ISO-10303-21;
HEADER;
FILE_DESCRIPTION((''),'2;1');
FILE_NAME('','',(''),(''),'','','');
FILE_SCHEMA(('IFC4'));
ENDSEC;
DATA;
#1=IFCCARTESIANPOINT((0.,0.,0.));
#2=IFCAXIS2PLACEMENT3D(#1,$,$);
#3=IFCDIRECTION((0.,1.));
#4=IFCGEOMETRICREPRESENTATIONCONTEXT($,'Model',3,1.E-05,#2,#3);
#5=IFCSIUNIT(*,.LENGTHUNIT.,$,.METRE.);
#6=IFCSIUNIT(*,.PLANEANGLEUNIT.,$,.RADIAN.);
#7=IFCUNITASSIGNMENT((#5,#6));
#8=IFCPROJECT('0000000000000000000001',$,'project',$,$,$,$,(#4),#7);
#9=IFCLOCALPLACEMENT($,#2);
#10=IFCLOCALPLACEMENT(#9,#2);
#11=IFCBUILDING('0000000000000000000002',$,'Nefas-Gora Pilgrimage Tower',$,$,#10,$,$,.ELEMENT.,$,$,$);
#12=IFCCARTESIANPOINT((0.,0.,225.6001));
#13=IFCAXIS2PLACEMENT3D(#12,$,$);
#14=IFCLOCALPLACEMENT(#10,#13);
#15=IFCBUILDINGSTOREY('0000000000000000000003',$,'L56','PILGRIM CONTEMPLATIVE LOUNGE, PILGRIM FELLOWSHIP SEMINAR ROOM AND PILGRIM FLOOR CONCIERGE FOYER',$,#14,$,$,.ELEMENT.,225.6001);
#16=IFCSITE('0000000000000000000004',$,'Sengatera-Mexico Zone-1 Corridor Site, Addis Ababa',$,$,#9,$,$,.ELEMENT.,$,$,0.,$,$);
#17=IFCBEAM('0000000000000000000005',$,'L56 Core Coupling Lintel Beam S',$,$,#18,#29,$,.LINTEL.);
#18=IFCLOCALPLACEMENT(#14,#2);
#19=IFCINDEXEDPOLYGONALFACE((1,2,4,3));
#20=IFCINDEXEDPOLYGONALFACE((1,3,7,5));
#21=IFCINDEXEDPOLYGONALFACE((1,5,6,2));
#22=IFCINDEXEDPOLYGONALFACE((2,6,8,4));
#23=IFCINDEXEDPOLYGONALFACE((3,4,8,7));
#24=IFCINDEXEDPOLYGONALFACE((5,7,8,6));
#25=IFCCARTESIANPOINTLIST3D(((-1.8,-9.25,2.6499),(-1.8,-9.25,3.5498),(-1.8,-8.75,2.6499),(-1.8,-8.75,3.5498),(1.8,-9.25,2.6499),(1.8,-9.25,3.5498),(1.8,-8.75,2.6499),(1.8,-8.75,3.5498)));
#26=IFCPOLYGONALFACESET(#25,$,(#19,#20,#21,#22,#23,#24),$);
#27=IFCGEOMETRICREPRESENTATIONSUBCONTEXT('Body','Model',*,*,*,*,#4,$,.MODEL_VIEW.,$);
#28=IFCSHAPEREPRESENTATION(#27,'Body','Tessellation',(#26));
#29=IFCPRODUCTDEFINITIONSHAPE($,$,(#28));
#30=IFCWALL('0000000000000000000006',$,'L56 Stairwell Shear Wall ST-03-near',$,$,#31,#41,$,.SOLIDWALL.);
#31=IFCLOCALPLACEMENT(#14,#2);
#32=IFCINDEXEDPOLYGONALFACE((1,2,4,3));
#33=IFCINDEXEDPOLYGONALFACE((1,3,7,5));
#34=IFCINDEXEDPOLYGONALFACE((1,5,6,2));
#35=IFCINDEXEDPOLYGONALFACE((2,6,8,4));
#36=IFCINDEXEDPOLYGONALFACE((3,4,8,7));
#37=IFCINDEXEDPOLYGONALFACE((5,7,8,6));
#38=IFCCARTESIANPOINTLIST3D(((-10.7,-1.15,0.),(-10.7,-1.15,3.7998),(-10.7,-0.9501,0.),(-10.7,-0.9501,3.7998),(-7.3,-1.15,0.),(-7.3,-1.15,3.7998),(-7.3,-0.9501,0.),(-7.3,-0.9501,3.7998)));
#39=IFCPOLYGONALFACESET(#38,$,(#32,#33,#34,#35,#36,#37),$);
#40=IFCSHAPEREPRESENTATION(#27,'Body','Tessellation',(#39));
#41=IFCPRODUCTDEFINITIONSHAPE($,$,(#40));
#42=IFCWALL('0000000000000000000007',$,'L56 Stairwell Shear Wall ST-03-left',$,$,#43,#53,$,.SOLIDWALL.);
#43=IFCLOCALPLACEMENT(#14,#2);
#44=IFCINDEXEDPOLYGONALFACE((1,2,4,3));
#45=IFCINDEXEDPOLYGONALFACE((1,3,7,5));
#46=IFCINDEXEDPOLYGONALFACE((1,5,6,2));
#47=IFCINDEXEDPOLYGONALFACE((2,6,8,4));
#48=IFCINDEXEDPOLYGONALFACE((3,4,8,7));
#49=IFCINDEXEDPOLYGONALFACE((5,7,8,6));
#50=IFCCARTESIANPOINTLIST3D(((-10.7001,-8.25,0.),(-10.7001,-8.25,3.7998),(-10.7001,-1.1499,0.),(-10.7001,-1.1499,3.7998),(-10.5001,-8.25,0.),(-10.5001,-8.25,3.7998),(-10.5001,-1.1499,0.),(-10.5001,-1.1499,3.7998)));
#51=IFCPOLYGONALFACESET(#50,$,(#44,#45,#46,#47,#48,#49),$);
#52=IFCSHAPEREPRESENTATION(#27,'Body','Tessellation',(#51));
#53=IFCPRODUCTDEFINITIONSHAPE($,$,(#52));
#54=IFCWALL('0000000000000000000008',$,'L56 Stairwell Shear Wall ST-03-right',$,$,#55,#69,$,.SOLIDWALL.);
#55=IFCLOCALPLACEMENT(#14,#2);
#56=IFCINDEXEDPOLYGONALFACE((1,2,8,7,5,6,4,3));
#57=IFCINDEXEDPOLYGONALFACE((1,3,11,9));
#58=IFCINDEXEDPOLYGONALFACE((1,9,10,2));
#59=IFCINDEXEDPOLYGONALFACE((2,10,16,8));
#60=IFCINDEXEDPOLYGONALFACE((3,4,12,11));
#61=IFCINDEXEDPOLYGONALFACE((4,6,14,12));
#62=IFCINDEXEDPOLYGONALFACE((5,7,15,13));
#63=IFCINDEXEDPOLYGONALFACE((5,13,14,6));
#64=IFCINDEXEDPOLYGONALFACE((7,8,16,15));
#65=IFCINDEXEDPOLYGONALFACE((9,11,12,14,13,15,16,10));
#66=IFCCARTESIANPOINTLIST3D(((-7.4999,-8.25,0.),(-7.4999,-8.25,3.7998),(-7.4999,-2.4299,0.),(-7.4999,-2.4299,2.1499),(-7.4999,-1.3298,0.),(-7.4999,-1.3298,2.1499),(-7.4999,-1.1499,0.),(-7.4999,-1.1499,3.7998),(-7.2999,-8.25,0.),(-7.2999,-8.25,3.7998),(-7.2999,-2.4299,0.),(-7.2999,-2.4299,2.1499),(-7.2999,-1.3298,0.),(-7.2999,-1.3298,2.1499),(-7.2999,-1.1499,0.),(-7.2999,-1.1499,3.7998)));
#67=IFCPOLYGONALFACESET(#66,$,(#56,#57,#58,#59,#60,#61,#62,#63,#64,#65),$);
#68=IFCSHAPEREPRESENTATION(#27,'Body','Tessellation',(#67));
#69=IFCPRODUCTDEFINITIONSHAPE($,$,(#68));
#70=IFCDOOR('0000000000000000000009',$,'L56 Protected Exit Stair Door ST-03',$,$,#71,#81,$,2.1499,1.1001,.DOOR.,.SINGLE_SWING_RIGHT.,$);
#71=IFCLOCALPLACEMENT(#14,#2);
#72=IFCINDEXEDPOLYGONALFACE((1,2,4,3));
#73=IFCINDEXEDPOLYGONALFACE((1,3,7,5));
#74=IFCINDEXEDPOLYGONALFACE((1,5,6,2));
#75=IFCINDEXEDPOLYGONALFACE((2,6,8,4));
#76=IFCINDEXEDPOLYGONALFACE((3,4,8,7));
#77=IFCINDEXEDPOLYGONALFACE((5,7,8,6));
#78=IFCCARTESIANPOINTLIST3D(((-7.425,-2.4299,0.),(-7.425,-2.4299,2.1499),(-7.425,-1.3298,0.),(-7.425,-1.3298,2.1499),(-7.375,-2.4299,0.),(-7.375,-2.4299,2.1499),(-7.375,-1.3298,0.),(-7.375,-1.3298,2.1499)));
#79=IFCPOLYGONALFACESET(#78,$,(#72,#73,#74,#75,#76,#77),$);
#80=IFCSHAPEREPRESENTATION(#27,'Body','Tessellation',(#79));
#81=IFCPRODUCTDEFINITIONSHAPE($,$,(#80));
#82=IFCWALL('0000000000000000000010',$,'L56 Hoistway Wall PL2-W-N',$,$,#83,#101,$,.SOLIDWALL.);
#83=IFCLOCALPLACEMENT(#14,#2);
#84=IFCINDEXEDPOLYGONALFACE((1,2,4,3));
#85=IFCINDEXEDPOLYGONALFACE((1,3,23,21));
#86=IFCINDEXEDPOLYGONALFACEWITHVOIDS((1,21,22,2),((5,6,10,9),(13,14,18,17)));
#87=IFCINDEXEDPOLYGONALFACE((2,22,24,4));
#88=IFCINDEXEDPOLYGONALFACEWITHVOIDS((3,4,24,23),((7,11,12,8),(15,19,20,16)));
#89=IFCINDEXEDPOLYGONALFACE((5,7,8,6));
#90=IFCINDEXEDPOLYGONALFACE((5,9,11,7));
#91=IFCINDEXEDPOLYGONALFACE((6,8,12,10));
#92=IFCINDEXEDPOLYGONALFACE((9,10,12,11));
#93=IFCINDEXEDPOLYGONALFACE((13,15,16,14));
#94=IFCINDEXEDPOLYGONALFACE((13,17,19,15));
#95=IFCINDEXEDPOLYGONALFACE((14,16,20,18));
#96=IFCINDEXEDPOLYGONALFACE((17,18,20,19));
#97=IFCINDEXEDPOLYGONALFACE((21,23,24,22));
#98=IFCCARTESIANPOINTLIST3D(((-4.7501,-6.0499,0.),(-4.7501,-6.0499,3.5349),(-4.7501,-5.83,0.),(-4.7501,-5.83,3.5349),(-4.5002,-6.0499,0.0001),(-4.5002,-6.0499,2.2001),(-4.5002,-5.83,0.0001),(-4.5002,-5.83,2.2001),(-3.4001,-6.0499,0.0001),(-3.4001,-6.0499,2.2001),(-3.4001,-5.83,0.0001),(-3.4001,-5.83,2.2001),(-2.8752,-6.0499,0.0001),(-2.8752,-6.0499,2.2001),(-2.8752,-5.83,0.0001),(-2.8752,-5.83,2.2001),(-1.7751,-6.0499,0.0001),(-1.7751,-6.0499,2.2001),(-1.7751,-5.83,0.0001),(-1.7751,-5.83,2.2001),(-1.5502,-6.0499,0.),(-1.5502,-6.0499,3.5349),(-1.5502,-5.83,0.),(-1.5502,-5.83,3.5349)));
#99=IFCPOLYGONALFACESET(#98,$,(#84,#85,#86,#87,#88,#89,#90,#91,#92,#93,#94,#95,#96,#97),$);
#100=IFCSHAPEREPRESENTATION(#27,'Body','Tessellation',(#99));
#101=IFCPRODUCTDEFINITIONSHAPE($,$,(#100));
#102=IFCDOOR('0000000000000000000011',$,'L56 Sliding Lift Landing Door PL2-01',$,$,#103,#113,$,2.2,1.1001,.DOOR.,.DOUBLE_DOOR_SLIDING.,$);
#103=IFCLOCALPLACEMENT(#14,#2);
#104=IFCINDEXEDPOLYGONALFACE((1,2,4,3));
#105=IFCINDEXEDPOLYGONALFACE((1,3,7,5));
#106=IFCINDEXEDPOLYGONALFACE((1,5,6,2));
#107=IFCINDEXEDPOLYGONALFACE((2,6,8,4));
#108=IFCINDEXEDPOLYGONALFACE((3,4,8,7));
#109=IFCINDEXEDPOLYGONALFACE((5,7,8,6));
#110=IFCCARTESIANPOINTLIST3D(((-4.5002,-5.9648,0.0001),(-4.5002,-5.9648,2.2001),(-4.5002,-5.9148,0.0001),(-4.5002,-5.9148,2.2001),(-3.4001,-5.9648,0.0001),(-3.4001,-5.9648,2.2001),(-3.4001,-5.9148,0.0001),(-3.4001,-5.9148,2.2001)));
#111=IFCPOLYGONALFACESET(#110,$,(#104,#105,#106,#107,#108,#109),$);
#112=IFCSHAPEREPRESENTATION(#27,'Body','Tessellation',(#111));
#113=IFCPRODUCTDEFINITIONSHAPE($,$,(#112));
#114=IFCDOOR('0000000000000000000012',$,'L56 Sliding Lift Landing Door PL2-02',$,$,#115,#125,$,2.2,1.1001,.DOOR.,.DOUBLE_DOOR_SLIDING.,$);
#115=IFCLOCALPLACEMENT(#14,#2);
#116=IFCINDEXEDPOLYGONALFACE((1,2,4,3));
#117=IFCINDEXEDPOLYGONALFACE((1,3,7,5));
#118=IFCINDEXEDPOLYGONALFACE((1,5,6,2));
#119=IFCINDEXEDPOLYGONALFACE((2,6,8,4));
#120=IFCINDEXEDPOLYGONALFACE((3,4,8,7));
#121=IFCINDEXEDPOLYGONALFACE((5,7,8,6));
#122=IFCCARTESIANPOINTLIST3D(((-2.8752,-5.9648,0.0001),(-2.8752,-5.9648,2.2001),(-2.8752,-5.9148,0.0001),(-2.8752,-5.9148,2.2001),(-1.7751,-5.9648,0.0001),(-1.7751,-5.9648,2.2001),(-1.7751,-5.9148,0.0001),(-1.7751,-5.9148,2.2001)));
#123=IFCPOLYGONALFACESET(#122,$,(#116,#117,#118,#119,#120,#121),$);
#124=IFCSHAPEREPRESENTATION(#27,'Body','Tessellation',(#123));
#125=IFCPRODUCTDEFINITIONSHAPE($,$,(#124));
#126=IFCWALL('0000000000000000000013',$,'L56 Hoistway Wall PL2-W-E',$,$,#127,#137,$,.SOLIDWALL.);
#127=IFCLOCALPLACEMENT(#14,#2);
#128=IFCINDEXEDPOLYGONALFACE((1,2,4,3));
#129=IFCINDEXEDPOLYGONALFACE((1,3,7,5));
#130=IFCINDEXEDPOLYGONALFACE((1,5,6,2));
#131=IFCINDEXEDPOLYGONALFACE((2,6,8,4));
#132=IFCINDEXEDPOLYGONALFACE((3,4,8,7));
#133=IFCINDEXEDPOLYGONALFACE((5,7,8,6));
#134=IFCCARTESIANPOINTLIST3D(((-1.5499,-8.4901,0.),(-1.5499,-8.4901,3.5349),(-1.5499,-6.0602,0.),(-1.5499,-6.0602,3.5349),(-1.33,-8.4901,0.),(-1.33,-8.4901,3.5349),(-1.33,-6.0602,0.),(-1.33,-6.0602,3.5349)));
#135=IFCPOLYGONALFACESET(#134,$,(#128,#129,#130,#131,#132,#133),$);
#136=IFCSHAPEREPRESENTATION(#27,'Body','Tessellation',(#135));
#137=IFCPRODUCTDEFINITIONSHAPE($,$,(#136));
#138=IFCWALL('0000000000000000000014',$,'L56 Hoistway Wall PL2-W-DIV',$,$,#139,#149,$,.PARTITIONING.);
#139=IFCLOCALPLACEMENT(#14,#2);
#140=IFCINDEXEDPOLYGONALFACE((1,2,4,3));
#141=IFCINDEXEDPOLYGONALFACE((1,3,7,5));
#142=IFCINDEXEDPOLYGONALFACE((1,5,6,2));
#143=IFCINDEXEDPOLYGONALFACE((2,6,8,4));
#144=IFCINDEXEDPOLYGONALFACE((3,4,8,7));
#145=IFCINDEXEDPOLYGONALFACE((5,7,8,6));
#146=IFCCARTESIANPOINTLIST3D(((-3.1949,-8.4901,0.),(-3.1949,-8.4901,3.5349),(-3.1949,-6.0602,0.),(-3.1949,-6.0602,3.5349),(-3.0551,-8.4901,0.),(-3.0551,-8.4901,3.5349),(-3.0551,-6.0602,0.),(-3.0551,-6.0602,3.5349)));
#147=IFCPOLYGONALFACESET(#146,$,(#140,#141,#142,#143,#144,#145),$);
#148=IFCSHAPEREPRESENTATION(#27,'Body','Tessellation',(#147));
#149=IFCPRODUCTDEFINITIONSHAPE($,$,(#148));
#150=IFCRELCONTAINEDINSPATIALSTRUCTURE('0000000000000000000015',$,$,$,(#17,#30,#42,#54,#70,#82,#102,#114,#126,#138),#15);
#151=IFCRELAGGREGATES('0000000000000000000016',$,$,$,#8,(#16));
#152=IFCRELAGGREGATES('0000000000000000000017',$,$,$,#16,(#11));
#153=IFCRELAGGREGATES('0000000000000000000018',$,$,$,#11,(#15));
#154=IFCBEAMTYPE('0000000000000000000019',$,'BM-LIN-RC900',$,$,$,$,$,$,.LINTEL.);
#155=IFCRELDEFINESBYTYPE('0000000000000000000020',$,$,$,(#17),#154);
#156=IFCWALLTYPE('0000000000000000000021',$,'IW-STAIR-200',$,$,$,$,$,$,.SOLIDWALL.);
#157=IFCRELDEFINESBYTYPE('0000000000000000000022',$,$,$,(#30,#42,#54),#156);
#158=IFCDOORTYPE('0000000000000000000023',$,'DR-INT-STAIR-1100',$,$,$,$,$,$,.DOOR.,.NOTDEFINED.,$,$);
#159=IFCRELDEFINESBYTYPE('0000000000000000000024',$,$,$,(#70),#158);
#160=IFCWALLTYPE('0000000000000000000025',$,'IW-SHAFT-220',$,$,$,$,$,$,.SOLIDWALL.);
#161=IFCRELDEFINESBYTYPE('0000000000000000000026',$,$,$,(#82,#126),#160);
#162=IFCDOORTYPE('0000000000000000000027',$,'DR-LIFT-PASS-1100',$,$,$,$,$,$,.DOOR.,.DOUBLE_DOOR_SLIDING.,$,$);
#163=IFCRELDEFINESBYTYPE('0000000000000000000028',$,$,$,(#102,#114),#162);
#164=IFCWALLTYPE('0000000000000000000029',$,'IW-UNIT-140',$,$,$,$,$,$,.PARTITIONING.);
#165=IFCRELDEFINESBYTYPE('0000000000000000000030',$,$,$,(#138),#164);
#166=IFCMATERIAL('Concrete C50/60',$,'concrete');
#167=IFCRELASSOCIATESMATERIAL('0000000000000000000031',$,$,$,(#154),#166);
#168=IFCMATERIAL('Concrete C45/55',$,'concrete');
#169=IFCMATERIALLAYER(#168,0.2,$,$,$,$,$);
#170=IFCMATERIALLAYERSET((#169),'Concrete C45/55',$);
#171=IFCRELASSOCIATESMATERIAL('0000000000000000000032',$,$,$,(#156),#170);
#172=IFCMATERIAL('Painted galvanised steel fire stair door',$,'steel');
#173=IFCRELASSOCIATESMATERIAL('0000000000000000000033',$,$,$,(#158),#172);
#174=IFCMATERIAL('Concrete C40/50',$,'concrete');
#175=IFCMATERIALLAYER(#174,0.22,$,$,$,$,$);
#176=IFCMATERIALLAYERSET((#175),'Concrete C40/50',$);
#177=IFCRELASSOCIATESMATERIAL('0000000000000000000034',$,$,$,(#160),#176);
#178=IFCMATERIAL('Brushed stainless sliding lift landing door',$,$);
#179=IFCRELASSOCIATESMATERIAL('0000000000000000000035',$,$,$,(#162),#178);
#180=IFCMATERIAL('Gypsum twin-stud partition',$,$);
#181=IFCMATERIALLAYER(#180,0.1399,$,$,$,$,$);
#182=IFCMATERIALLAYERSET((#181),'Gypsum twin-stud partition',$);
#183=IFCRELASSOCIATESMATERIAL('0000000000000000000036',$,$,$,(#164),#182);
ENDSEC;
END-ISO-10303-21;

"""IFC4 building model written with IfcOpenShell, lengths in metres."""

from ifc_helpers import new_model, si_unit, direction, frame, frame_2d, origin, origin_2d, place, context, subcontext, project, spatial, rectangle, extrude, source, transform, mapped, material, layer, layer_set, material_profile, profile_set, type_object, element, fill, save


model = new_model("IFC4")

# Units and contexts
model_context = context("Model", 3, precision=1e-05, world=origin(), true_north=direction((0.0, 1.0)))
body_context = subcontext(model_context, "Body", "Model", "MODEL_VIEW")
ifc_project = project(units=[si_unit("LENGTHUNIT", "METRE"), si_unit("PLANEANGLEUNIT", "RADIAN")], contexts=[model_context])

# Site, building, storey
site_placement = place(None, origin())
site = spatial("IfcSite", under=ifc_project, at=site_placement, Name="Sengatera-Mexico Zone-1 Corridor Site, Addis Ababa", CompositionType="ELEMENT", RefElevation=0.0)
building_placement = place(site_placement, origin())
building = spatial("IfcBuilding", under=site, at=building_placement, Name="Nefas-Gora Pilgrimage Tower", CompositionType="ELEMENT")
storey_placement = place(building_placement, frame((0.0, 0.0, 225.6001)))
storey = spatial("IfcBuildingStorey", under=building, at=storey_placement, Name="L56", Description="PILGRIM CONTEMPLATIVE LOUNGE, PILGRIM FELLOWSHIP SEMINAR ROOM AND PILGRIM FLOOR CONCIERGE FOYER", CompositionType="ELEMENT", Elevation=225.6001)

# Beam
ifc_material_1 = material(Name="Concrete C50/60", Category="concrete")
ifc_material_profile = material_profile(ifc_material_1, rectangle(XDim=0.5, YDim=0.8999, at=origin_2d()), Name="RC 500x900")
ifc_profile_set = profile_set([ifc_material_profile], Name="Concrete C50/60")
beam_type = type_object("IfcBeamType", Name="BM-LIN-RC900", PredefinedType="LINTEL", material=ifc_profile_set)
shared_shape_1 = source(origin(), body_context, "Body", "SweptSolid", [
    extrude(rectangle(XDim=0.5, YDim=0.8999, at=origin_2d()), origin(), (0.0, 0.0, 1.0), 3.6001),
])
beam_placement = place(storey_placement, frame((-1.8, -9.0, 3.0999), z_axis=(1.0, 0.0, 0.0), x_axis=(0.0, 1.0, 0.0)))
element("IfcBeam", 1, at=beam_placement, inside=storey, type_object=beam_type, Name="L56 Core Coupling Lintel Beam S", PredefinedType="LINTEL", context=body_context, shape_type="MappedRepresentation", body=[
    mapped(shared_shape_1, transform((0.0, 0.0, 0.0), x_axis=(1.0, 0.0, 0.0), y_axis=(0.0, 1.0, 0.0), z_axis=(0.0, 0.0, 1.0), scale=1.0)),
])

# Walls
ifc_material_2 = material(Name="Concrete C45/55", Category="concrete")
ifc_layer_1 = layer(ifc_material_2, 0.2)
ifc_layer_set_1 = layer_set([ifc_layer_1], Name="Concrete C45/55")
wall_type_1 = type_object("IfcWallType", Name="IW-STAIR-200", PredefinedType="SOLIDWALL", material=ifc_layer_set_1)
shared_shape_2 = source(origin(), body_context, "Body", "SweptSolid", [
    extrude(rectangle(XDim=3.3999, YDim=0.2, at=frame_2d((1.7, 0.0))), origin(), (0.0, 0.0, 1.0), 3.7998),
])
wall_1_placement = place(storey_placement, frame((-10.7, -1.05, 0.0), z_axis=(0.0, 0.0, 1.0), x_axis=(1.0, 0.0, 0.0)))
element("IfcWall", 2, at=wall_1_placement, inside=storey, type_object=wall_type_1, Name="L56 Stairwell Shear Wall ST-03-near", PredefinedType="SOLIDWALL", context=body_context, shape_type="MappedRepresentation", body=[
    mapped(shared_shape_2, transform((0.0, 0.0, 0.0), x_axis=(1.0, 0.0, 0.0), y_axis=(0.0, 1.0, 0.0), z_axis=(0.0, 0.0, 1.0), scale=1.0)),
])
shared_shape_3 = source(origin(), body_context, "Body", "SweptSolid", [
    extrude(rectangle(XDim=7.1001, YDim=0.2, at=frame_2d((3.55, 0.0))), origin(), (0.0, 0.0, 1.0), 3.7998),
])
wall_2_placement = place(storey_placement, frame((-10.6001, -1.1499, 0.0), z_axis=(0.0, 0.0, 1.0), x_axis=(0.0, -1.0, 0.0)))
element("IfcWall", 3, at=wall_2_placement, inside=storey, type_object=wall_type_1, Name="L56 Stairwell Shear Wall ST-03-left", PredefinedType="SOLIDWALL", context=body_context, shape_type="MappedRepresentation", body=[
    mapped(shared_shape_3, transform((0.0, 0.0, 0.0), x_axis=(1.0, 0.0, 0.0), y_axis=(0.0, 1.0, 0.0), z_axis=(0.0, 0.0, 1.0), scale=1.0)),
])

# Wall, opening, door
wall_3_placement = place(storey_placement, frame((-7.3999, -1.1499, 0.0), z_axis=(0.0, 0.0, 1.0), x_axis=(0.0, -1.0, 0.0)))
wall_3 = element("IfcWall", 4, at=wall_3_placement, inside=storey, type_object=wall_type_1, Name="L56 Stairwell Shear Wall ST-03-right", PredefinedType="SOLIDWALL", context=body_context, shape_type="MappedRepresentation", body=[
    mapped(shared_shape_3, transform((0.0, 0.0, 0.0), x_axis=(1.0, 0.0, 0.0), y_axis=(0.0, 1.0, 0.0), z_axis=(0.0, 0.0, 1.0), scale=1.0)),
])
opening_1_placement = place(wall_3_placement, frame((0.1799, 0.0, 0.0)))
opening_1 = element("IfcOpeningElement", 5, at=opening_1_placement, cuts=wall_3, PredefinedType="OPENING", context=body_context, shape_type="SweptSolid", body=[
    extrude(rectangle(XDim=1.1001, YDim=2.1499, at=frame_2d((0.55, 1.075))), frame((0.0, 0.1099, 0.0), z_axis=(0.0, -1.0, 0.0), x_axis=(1.0, 0.0, 0.0)), (0.0, 0.0, 1.0), 0.22),
])
ifc_material_3 = material(Name="Painted galvanised steel fire stair door", Category="steel")
door_type_1 = type_object("IfcDoorType", Name="DR-INT-STAIR-1100", OperationType="NOTDEFINED", PredefinedType="DOOR", material=ifc_material_3)
shared_shape_4 = source(origin(), body_context, "Body", "SweptSolid", [
    extrude(rectangle(XDim=1.1001, YDim=2.1499, at=frame_2d((0.55, 1.075))), frame((0.0, 0.0249, 0.0), z_axis=(0.0, -1.0, 0.0), x_axis=(1.0, 0.0, 0.0)), (0.0, 0.0, 1.0), 0.05),
])
door_1_placement = place(opening_1_placement, origin())
door_1 = element("IfcDoor", 6, at=door_1_placement, inside=storey, type_object=door_type_1, Name="L56 Protected Exit Stair Door ST-03", OperationType="SINGLE_SWING_RIGHT", OverallHeight=2.1499, OverallWidth=1.1001, PredefinedType="DOOR", context=body_context, shape_type="MappedRepresentation", body=[
    mapped(shared_shape_4, transform((0.0, 0.0, 0.0), x_axis=(1.0, 0.0, 0.0), y_axis=(0.0, 1.0, 0.0), z_axis=(0.0, 0.0, 1.0), scale=1.0)),
])
fill(opening_1, door_1)

# Wall, openings, doors
ifc_material_4 = material(Name="Concrete C40/50", Category="concrete")
ifc_layer_2 = layer(ifc_material_4, 0.22)
ifc_layer_set_2 = layer_set([ifc_layer_2], Name="Concrete C40/50")
wall_type_2 = type_object("IfcWallType", Name="IW-SHAFT-220", PredefinedType="SOLIDWALL", material=ifc_layer_set_2)
shared_shape_5 = source(origin(), body_context, "Body", "SweptSolid", [
    extrude(rectangle(XDim=3.2, YDim=0.22, at=frame_2d((1.6001, 0.0))), origin(), (0.0, 0.0, 1.0), 3.5349),
])
wall_4_placement = place(storey_placement, frame((-1.55, -5.9399, 0.0), z_axis=(0.0, 0.0, 1.0), x_axis=(-1.0, 0.0, 0.0)))
wall_4 = element("IfcWall", 7, at=wall_4_placement, inside=storey, type_object=wall_type_2, Name="L56 Hoistway Wall PL2-W-N", PredefinedType="SOLIDWALL", context=body_context, shape_type="MappedRepresentation", body=[
    mapped(shared_shape_5, transform((0.0, 0.0, 0.0), x_axis=(1.0, 0.0, 0.0), y_axis=(0.0, 1.0, 0.0), z_axis=(0.0, 0.0, 1.0), scale=1.0)),
])
opening_2_placement = place(wall_4_placement, frame((1.8501, 0.0, 0.0)))
opening_2 = element("IfcOpeningElement", 8, at=opening_2_placement, cuts=wall_4, PredefinedType="OPENING", context=body_context, shape_type="SweptSolid", body=[
    extrude(rectangle(XDim=1.1001, YDim=2.2, at=frame_2d((0.55, 1.1001))), frame((0.0, 0.1199, 0.0), z_axis=(0.0, -1.0, 0.0), x_axis=(1.0, 0.0, 0.0)), (0.0, 0.0, 1.0), 0.24),
])
opening_3_placement = place(wall_4_placement, frame((0.2251, 0.0, 0.0)))
opening_3 = element("IfcOpeningElement", 9, at=opening_3_placement, cuts=wall_4, PredefinedType="OPENING", context=body_context, shape_type="SweptSolid", body=[
    extrude(rectangle(XDim=1.1001, YDim=2.2, at=frame_2d((0.55, 1.1001))), frame((0.0, 0.1199, 0.0), z_axis=(0.0, -1.0, 0.0), x_axis=(1.0, 0.0, 0.0)), (0.0, 0.0, 1.0), 0.24),
])
ifc_material_5 = material(Name="Brushed stainless sliding lift landing door")
door_type_2 = type_object("IfcDoorType", Name="DR-LIFT-PASS-1100", OperationType="DOUBLE_DOOR_SLIDING", PredefinedType="DOOR", material=ifc_material_5)
shared_shape_6 = source(origin(), body_context, "Body", "SweptSolid", [
    extrude(rectangle(XDim=1.1001, YDim=2.2, at=frame_2d((0.55, 1.1001))), frame((0.0, 0.0249, 0.0), z_axis=(0.0, -1.0, 0.0), x_axis=(1.0, 0.0, 0.0)), (0.0, 0.0, 1.0), 0.05),
])
door_2_placement = place(opening_2_placement, origin())
door_2 = element("IfcDoor", 10, at=door_2_placement, inside=storey, type_object=door_type_2, Name="L56 Sliding Lift Landing Door PL2-01", OperationType="DOUBLE_DOOR_SLIDING", OverallHeight=2.2, OverallWidth=1.1001, PredefinedType="DOOR", context=body_context, shape_type="MappedRepresentation", body=[
    mapped(shared_shape_6, transform((0.0, 0.0, 0.0), x_axis=(1.0, 0.0, 0.0), y_axis=(0.0, 1.0, 0.0), z_axis=(0.0, 0.0, 1.0), scale=1.0)),
])
fill(opening_2, door_2)
door_3_placement = place(opening_3_placement, origin())
door_3 = element("IfcDoor", 11, at=door_3_placement, inside=storey, type_object=door_type_2, Name="L56 Sliding Lift Landing Door PL2-02", OperationType="DOUBLE_DOOR_SLIDING", OverallHeight=2.2, OverallWidth=1.1001, PredefinedType="DOOR", context=body_context, shape_type="MappedRepresentation", body=[
    mapped(shared_shape_6, transform((0.0, 0.0, 0.0), x_axis=(1.0, 0.0, 0.0), y_axis=(0.0, 1.0, 0.0), z_axis=(0.0, 0.0, 1.0), scale=1.0)),
])
fill(opening_3, door_3)

# Walls
shared_shape_7 = source(origin(), body_context, "Body", "SweptSolid", [
    extrude(rectangle(XDim=2.4299, YDim=0.22, at=frame_2d((1.2148, 0.0))), origin(), (0.0, 0.0, 1.0), 3.5349),
])
for number, where, z_axis, x_axis, name in (
    (12, (-1.4399, -8.49, 0.0), (0.0, 0.0, 1.0), (0.0, 1.0, 0.0), "L56 Hoistway Wall PL2-W-E"),
):
    element("IfcWall", number, at=place(storey_placement, frame(where, z_axis=z_axis, x_axis=x_axis)), inside=storey, type_object=wall_type_2, Name=name, PredefinedType="SOLIDWALL", context=body_context, shape_type="MappedRepresentation", body=[
        mapped(shared_shape_7, transform((0.0, 0.0, 0.0), x_axis=(1.0, 0.0, 0.0), y_axis=(0.0, 1.0, 0.0), z_axis=(0.0, 0.0, 1.0), scale=1.0)),
    ])
ifc_material_6 = material(Name="Gypsum twin-stud partition")
ifc_layer_3 = layer(ifc_material_6, 0.1399)
ifc_layer_set_3 = layer_set([ifc_layer_3], Name="Gypsum twin-stud partition")
wall_type_3 = type_object("IfcWallType", Name="IW-UNIT-140", PredefinedType="PARTITIONING", material=ifc_layer_set_3)
shared_shape_8 = source(origin(), body_context, "Body", "SweptSolid", [
    extrude(rectangle(XDim=2.4299, YDim=0.1399, at=frame_2d((1.2148, 0.0))), origin(), (0.0, 0.0, 1.0), 3.5349),
])
wall_5_placement = place(storey_placement, frame((-3.125, -8.49, 0.0), z_axis=(0.0, 0.0, 1.0), x_axis=(0.0, 1.0, 0.0)))
element("IfcWall", 13, at=wall_5_placement, inside=storey, type_object=wall_type_3, Name="L56 Hoistway Wall PL2-W-DIV", PredefinedType="PARTITIONING", context=body_context, shape_type="MappedRepresentation", body=[
    mapped(shared_shape_8, transform((0.0, 0.0, 0.0), x_axis=(1.0, 0.0, 0.0), y_axis=(0.0, 1.0, 0.0), z_axis=(0.0, 0.0, 1.0), scale=1.0)),
])

save(model, "model.ifc")
